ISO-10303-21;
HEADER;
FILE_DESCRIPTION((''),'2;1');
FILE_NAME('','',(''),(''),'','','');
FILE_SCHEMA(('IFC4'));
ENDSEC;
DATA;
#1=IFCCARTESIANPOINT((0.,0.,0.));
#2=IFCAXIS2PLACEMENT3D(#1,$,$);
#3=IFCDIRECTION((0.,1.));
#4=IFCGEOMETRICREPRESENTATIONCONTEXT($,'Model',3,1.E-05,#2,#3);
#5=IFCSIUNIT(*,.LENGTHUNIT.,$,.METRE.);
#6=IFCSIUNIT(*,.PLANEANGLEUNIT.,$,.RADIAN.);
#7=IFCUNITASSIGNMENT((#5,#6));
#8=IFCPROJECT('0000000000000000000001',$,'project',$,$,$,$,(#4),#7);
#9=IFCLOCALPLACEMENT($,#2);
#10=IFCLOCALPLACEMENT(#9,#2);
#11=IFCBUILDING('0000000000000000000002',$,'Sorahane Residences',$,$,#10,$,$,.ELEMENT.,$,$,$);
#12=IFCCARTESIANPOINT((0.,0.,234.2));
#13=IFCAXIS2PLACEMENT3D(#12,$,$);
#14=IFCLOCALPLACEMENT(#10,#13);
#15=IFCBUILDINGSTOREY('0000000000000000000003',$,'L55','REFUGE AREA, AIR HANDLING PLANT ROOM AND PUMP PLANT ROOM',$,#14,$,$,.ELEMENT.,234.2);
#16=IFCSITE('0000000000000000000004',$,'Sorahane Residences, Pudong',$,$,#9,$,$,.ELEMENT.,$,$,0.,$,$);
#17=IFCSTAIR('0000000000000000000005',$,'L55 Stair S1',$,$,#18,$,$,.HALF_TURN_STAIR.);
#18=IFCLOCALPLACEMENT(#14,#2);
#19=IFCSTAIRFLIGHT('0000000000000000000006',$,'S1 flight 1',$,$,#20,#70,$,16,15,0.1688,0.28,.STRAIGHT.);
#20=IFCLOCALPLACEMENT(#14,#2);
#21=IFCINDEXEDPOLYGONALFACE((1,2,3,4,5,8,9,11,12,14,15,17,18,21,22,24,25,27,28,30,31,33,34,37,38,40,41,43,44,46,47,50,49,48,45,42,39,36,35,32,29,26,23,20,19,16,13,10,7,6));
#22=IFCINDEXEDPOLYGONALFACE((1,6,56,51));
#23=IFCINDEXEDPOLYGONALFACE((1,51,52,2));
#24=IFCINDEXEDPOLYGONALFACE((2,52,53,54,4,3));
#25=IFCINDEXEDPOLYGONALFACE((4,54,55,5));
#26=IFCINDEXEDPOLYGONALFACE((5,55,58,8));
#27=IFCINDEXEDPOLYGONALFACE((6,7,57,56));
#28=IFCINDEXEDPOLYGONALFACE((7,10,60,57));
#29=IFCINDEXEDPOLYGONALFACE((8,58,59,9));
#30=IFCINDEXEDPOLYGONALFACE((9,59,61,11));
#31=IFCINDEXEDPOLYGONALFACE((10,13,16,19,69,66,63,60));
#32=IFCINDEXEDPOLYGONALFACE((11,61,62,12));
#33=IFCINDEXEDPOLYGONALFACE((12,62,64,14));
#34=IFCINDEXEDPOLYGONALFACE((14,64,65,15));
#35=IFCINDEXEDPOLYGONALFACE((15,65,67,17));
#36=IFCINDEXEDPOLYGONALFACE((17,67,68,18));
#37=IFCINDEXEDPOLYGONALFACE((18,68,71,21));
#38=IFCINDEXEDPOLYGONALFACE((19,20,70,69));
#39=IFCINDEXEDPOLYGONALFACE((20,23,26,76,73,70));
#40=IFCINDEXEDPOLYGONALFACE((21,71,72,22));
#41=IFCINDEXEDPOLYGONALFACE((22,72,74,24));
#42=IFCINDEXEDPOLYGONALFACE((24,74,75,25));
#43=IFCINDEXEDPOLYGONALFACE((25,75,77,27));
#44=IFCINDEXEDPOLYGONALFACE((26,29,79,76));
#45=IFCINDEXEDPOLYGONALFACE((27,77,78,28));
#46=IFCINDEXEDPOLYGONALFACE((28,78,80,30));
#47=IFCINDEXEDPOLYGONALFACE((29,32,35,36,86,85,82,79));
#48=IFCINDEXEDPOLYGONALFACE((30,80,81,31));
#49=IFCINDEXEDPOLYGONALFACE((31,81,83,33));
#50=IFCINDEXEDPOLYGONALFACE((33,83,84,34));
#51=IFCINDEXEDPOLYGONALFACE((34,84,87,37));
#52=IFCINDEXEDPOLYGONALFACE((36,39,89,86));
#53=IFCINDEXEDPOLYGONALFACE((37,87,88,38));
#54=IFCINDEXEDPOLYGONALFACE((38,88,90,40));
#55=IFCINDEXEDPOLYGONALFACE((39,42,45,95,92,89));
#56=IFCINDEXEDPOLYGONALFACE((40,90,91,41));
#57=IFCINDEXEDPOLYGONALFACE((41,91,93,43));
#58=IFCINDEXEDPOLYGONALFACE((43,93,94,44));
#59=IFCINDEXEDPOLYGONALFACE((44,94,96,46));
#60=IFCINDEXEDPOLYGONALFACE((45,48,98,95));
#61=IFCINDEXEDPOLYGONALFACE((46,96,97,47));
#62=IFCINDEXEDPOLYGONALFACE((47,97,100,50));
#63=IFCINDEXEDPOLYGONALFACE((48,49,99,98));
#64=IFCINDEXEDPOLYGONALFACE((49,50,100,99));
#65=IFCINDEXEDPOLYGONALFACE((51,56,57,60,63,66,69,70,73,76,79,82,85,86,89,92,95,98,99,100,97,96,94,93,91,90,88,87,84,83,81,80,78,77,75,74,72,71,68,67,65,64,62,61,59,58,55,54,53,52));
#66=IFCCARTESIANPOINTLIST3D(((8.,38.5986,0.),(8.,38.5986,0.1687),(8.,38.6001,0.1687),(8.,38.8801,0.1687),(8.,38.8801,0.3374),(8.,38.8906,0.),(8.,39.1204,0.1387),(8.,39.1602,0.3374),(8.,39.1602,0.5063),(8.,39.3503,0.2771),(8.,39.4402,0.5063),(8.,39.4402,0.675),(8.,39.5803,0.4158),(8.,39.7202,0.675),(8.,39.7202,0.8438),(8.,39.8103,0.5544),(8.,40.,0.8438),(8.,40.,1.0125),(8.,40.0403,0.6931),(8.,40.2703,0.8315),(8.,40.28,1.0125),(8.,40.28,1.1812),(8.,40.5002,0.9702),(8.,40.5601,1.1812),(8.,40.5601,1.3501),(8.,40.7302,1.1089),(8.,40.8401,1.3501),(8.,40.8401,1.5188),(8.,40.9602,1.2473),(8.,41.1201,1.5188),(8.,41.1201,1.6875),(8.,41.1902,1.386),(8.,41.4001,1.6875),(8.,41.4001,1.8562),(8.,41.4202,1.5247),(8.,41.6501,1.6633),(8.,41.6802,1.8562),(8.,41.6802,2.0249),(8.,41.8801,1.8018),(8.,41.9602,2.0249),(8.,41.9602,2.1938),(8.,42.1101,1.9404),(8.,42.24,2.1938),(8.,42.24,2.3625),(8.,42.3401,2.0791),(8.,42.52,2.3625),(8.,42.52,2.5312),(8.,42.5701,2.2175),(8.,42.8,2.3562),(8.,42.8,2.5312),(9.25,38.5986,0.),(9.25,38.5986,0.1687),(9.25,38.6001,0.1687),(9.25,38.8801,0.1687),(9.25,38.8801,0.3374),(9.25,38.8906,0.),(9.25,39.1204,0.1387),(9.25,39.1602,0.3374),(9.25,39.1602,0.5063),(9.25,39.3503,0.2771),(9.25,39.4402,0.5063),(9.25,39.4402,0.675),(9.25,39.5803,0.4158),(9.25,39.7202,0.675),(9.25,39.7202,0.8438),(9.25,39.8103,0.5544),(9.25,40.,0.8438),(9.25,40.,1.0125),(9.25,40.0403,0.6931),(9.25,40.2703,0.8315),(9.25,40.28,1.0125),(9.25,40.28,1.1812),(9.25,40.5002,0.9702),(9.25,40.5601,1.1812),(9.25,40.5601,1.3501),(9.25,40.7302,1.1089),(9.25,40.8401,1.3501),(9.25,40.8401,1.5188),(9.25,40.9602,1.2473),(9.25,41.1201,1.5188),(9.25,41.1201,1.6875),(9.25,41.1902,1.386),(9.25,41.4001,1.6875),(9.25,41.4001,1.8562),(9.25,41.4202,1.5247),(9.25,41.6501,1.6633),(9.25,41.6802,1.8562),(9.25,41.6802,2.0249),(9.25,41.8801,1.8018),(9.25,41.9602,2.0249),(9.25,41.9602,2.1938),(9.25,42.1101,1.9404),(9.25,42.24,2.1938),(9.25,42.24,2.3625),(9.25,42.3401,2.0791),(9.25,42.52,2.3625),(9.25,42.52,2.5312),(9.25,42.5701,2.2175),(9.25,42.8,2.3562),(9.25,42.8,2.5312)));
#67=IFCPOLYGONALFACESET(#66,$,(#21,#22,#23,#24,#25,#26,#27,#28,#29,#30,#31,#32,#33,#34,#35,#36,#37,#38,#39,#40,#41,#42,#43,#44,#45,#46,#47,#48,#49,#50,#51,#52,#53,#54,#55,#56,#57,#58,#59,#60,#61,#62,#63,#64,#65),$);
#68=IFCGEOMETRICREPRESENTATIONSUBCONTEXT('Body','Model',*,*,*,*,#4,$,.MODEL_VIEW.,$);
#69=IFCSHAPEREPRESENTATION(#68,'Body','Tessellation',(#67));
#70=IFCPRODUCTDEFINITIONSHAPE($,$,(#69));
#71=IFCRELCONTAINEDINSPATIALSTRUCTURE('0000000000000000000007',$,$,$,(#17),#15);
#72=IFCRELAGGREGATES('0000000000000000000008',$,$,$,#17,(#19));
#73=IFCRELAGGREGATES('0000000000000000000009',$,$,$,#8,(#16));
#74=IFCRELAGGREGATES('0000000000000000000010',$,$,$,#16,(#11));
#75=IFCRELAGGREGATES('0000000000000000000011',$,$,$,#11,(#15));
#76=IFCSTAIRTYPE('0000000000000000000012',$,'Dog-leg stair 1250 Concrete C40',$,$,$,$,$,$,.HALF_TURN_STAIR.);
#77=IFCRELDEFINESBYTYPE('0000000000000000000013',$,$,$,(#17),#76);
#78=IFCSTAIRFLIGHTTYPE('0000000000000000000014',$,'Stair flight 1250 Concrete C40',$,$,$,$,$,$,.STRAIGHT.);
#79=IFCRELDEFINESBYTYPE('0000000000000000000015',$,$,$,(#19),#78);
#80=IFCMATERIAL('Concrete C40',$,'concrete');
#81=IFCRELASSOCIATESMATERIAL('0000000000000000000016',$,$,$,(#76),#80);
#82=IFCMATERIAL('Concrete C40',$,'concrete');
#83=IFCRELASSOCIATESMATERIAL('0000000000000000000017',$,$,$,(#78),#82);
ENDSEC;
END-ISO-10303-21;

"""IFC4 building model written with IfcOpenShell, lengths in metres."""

from ifc_helpers import new_model, si_unit, direction, frame, origin, place, context, subcontext, project, spatial, polyline, outline, extrude, material, type_object, element, aggregate, save


model = new_model("IFC4")

# Units and contexts
model_context = context("Model", 3, precision=1e-05, world=origin(), true_north=direction((0.0, 1.0)))
body_context = subcontext(model_context, "Body", "Model", "MODEL_VIEW")
ifc_project = project(units=[si_unit("LENGTHUNIT", "METRE"), si_unit("PLANEANGLEUNIT", "RADIAN")], contexts=[model_context])

# Site, building, storey
site_placement = place(None, origin())
site = spatial("IfcSite", under=ifc_project, at=site_placement, Name="Sorahane Residences, Pudong", CompositionType="ELEMENT", RefElevation=0.0)
building_placement = place(site_placement, origin())
building = spatial("IfcBuilding", under=site, at=building_placement, Name="Sorahane Residences", CompositionType="ELEMENT")
storey_placement = place(building_placement, frame((0.0, 0.0, 234.2)))
storey = spatial("IfcBuildingStorey", under=building, at=storey_placement, Name="L55", Description="REFUGE AREA, AIR HANDLING PLANT ROOM AND PUMP PLANT ROOM", CompositionType="ELEMENT", Elevation=234.2)

# Stair, stair flight
ifc_material_1 = material(Name="Concrete C40", Category="concrete")
stair_type = type_object("IfcStairType", Name="Dog-leg stair 1250 Concrete C40", PredefinedType="HALF_TURN_STAIR", material=ifc_material_1)
stair_placement = place(storey_placement, origin())
stair = element("IfcStair", 1, at=stair_placement, inside=storey, type_object=stair_type, Name="L55 Stair S1", PredefinedType="HALF_TURN_STAIR")
ifc_material_2 = material(Name="Concrete C40", Category="concrete")
stair_flight_type = type_object("IfcStairFlightType", Name="Stair flight 1250 Concrete C40", PredefinedType="STRAIGHT", material=ifc_material_2)
stair_flight_placement = place(storey_placement, frame((8.625, 38.6001, 0.0), z_axis=(0.0, 0.0, 1.0), x_axis=(0.0, 1.0, 0.0)))
stair_flight = element("IfcStairFlight", 2, at=stair_flight_placement, type_object=stair_flight_type, Name="S1 flight 1", NumberOfRisers=16, NumberOfTreads=15, PredefinedType="STRAIGHT", RiserHeight=0.1688, TreadLength=0.28, context=body_context, shape_type="SweptSolid", body=[
    extrude(outline(polyline([(-0.0015, 0.0), (-0.0015, 0.1687), (0.0, 0.1687), (0.28, 0.1687), (0.28, 0.3374), (0.5601, 0.3374), (0.5601, 0.5063), (0.8401, 0.5063), (0.8401, 0.675), (1.1201, 0.675), (1.1201, 0.8438), (1.3999, 0.8438), (1.3999, 1.0125), (1.6799, 1.0125), (1.6799, 1.1812), (1.96, 1.1812), (1.96, 1.3501), (2.24, 1.3501), (2.24, 1.5188), (2.52, 1.5188), (2.52, 1.6875), (2.8, 1.6875), (2.8, 1.8562), (3.0801, 1.8562), (3.0801, 2.0249), (3.3601, 2.0249), (3.3601, 2.1938), (3.6399, 2.1938), (3.6399, 2.3625), (3.9199, 2.3625), (3.9199, 2.5312), (4.2, 2.5312), (4.2, 2.7), (4.2, 2.3562), (3.97, 2.2175), (3.74, 2.0791), (3.51, 1.9404), (3.28, 1.8018), (3.05, 1.6633), (2.8201, 1.5247), (2.5901, 1.386), (2.3601, 1.2473), (2.1301, 1.1089), (1.9001, 0.9702), (1.6702, 0.8315), (1.4402, 0.6931), (1.2102, 0.5544), (0.9802, 0.4158), (0.7502, 0.2771), (0.5203, 0.1387), (0.2905, 0.0), (-0.0015, 0.0)])), frame((0.0, 0.625, 0.0), z_axis=(0.0, -1.0, 0.0), x_axis=(1.0, 0.0, 0.0)), (0.0, 0.0, 1.0), 1.25),
])
aggregate(stair, [stair_flight])

save(model, "model.ifc")
